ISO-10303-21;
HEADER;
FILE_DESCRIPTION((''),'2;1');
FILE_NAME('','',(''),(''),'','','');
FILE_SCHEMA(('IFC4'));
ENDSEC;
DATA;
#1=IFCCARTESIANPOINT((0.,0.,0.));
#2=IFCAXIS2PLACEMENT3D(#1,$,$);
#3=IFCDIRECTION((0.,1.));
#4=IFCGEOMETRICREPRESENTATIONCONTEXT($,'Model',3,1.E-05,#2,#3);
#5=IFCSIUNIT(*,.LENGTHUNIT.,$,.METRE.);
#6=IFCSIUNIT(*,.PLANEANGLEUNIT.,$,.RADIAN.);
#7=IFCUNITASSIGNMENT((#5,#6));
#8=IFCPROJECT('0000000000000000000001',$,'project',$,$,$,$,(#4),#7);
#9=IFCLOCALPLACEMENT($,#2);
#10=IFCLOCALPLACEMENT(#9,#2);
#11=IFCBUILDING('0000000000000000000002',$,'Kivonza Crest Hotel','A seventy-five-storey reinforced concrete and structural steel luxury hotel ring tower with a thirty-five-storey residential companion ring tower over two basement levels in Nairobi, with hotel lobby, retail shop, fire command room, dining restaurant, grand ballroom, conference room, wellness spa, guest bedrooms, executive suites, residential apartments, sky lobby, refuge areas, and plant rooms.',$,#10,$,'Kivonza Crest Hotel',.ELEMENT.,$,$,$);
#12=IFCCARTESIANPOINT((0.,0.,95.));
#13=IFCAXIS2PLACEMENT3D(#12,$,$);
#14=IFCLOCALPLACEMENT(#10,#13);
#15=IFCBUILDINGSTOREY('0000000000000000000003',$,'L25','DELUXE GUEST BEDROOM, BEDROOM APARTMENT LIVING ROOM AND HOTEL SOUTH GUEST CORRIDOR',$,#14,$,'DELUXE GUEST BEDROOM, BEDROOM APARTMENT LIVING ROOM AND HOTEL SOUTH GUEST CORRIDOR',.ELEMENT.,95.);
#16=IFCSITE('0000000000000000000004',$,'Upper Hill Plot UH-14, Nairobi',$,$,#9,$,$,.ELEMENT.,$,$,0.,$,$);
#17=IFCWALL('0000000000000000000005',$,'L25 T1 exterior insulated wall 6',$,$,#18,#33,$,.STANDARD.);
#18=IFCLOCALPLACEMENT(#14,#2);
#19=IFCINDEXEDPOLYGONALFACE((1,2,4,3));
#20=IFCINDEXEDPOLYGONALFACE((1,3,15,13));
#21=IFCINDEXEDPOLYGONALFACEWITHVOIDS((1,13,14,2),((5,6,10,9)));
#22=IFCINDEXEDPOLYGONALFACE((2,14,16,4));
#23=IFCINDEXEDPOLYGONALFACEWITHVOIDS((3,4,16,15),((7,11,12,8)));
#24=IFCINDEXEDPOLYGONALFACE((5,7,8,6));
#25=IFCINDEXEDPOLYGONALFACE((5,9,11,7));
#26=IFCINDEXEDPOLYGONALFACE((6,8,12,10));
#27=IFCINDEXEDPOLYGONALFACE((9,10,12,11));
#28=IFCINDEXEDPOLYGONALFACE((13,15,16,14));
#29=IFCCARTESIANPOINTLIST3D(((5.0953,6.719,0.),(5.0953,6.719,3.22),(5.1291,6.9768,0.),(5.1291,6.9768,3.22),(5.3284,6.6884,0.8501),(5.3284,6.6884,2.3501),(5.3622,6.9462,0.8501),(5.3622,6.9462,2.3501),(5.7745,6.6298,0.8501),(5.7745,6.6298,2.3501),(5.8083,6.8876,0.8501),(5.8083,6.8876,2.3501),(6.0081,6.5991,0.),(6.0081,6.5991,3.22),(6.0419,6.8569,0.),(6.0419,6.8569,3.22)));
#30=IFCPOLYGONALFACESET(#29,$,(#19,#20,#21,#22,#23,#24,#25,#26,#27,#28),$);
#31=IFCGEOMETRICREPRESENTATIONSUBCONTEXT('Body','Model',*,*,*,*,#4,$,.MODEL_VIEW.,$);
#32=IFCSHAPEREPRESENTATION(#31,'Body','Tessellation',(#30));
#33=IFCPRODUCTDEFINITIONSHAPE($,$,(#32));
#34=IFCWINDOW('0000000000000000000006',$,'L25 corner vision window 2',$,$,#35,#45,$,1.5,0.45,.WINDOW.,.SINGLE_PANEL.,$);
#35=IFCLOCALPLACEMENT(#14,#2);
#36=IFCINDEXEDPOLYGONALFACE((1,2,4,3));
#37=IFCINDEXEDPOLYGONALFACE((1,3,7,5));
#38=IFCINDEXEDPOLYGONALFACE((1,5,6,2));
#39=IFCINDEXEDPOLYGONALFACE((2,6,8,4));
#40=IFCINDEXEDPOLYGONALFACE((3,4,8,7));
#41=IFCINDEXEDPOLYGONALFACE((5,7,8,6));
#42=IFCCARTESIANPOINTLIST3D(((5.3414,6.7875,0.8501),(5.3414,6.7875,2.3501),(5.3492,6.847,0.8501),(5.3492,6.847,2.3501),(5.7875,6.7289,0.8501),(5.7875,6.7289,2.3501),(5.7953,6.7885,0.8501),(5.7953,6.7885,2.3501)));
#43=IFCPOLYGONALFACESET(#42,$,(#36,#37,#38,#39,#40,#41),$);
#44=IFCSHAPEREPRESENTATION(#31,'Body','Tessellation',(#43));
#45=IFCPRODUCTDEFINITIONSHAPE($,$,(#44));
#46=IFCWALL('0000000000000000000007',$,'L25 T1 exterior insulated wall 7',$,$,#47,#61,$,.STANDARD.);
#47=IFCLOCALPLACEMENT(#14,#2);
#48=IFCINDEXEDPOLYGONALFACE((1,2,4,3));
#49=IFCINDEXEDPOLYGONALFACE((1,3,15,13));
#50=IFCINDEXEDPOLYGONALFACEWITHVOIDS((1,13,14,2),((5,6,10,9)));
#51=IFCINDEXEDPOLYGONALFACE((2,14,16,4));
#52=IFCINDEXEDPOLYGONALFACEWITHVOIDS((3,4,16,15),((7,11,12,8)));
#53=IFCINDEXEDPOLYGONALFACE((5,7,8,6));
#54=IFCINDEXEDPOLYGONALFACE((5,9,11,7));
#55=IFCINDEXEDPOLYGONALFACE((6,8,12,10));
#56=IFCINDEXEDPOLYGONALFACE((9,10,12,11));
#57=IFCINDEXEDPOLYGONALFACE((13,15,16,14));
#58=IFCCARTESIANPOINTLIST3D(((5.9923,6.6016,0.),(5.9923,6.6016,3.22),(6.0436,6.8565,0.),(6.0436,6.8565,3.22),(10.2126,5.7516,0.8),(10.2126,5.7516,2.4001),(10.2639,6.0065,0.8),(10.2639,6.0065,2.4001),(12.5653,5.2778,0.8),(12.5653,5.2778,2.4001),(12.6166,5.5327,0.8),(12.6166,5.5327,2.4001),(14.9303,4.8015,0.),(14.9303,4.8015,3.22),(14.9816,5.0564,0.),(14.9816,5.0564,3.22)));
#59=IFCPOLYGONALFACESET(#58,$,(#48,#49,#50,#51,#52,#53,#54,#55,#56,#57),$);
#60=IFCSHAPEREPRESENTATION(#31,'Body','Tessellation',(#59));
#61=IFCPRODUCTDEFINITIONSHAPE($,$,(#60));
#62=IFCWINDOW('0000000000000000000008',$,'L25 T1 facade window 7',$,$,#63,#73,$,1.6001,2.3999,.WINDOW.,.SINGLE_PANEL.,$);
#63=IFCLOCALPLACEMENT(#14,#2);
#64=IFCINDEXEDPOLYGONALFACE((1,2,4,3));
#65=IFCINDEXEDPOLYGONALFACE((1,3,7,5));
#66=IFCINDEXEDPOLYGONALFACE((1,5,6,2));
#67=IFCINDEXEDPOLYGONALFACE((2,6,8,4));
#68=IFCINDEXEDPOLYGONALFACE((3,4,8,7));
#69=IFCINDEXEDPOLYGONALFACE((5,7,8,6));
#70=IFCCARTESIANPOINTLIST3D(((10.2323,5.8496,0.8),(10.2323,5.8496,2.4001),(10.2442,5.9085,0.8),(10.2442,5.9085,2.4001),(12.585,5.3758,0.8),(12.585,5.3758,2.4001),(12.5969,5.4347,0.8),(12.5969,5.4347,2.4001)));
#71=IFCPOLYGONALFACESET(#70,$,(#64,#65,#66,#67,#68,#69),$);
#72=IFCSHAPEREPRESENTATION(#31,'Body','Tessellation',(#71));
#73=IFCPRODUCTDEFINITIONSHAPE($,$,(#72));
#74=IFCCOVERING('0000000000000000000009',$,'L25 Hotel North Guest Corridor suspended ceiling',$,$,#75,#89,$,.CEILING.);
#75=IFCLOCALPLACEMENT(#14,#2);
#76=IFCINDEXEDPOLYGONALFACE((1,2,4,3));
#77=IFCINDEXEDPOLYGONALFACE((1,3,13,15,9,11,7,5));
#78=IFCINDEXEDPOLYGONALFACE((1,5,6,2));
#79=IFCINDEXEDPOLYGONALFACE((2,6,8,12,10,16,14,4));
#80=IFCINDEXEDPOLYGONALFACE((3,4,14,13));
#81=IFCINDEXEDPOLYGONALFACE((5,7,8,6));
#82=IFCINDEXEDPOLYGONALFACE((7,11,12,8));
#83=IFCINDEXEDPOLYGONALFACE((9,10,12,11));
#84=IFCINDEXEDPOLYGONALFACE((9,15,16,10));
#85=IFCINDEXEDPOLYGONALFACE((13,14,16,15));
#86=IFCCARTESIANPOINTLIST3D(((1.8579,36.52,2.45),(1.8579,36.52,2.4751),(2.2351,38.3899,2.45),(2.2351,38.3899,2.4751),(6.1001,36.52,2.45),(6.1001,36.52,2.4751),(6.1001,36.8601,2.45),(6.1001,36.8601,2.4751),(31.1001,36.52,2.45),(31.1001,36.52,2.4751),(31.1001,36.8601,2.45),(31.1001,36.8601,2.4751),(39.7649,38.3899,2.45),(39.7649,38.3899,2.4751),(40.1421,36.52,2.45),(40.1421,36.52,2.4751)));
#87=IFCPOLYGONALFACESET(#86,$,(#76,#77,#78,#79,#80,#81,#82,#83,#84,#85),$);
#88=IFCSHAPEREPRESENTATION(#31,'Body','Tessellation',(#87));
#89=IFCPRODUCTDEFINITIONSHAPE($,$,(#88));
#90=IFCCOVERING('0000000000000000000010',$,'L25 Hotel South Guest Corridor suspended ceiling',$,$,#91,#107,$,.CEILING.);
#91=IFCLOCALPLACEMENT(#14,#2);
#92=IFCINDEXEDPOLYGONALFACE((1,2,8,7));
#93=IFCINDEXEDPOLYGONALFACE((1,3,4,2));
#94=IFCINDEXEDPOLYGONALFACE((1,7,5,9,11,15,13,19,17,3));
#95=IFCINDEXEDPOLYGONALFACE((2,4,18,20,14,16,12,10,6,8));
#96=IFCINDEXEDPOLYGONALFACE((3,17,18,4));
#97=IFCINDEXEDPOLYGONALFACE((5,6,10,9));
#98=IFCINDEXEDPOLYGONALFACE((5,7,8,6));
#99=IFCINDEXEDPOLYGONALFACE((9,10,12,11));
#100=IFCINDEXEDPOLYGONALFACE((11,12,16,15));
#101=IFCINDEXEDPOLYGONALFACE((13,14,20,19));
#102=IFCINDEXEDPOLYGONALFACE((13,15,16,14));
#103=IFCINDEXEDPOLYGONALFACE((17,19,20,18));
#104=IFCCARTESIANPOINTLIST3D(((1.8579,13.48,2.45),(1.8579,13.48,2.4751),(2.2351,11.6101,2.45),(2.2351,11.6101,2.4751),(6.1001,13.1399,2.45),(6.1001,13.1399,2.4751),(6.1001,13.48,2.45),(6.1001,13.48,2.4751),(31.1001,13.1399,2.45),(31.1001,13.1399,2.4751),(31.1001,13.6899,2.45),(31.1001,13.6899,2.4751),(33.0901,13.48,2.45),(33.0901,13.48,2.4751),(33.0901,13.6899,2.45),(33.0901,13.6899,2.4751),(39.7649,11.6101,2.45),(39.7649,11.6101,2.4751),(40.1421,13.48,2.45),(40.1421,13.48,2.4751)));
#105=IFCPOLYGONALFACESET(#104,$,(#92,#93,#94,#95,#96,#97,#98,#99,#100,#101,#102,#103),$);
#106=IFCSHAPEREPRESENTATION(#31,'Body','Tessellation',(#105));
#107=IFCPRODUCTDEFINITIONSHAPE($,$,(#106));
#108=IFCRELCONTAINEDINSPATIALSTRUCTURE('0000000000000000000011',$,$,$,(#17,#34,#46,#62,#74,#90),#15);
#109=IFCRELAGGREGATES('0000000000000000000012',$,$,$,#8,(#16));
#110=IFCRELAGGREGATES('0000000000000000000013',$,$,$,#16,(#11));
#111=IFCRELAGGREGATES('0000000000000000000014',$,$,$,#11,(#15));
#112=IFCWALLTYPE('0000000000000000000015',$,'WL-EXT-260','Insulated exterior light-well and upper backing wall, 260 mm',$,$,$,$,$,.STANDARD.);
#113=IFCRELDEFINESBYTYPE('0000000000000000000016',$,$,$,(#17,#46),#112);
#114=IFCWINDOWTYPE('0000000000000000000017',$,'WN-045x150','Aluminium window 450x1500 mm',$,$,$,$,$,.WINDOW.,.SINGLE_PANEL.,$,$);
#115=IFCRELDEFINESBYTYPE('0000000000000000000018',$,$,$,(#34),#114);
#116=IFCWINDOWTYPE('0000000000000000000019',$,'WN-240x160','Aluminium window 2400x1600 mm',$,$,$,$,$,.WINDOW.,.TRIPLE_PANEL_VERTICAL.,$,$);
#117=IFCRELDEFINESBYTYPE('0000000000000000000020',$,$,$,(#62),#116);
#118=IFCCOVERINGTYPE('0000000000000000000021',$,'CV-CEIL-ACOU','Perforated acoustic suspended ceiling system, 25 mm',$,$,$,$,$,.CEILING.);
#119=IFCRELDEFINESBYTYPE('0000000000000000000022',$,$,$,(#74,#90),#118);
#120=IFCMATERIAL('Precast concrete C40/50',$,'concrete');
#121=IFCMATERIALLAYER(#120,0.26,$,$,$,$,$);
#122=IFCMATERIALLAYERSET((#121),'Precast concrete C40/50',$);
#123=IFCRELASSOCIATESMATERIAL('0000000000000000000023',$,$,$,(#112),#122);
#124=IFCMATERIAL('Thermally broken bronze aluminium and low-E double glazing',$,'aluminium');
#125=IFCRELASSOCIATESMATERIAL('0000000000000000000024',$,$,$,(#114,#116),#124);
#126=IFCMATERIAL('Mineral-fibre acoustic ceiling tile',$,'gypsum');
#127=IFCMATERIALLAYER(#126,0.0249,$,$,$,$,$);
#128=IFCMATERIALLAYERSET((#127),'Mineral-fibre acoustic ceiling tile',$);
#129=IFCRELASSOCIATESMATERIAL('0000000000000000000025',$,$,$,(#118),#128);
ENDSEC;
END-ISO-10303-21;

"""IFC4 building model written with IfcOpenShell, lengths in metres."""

from ifc_helpers import new_model, si_unit, direction, frame, frame_2d, origin, place, context, subcontext, project, spatial, polyline, rectangle, outline, extrude, material, layer, layer_set, type_object, element, fill, save


model = new_model("IFC4")

# Units and contexts
model_context = context("Model", 3, precision=1e-05, world=origin(), true_north=direction((0.0, 1.0)))
body_context = subcontext(model_context, "Body", "Model", "MODEL_VIEW")
ifc_project = project(units=[si_unit("LENGTHUNIT", "METRE"), si_unit("PLANEANGLEUNIT", "RADIAN")], contexts=[model_context])

# Site, building, storey
site_placement = place(None, origin())
site = spatial("IfcSite", under=ifc_project, at=site_placement, Name="Upper Hill Plot UH-14, Nairobi", CompositionType="ELEMENT", RefElevation=0.0)
building_placement = place(site_placement, origin())
building = spatial("IfcBuilding", under=site, at=building_placement, Name="Kivonza Crest Hotel", Description="A seventy-five-storey reinforced concrete and structural steel luxury hotel ring tower with a thirty-five-storey residential companion ring tower over two basement levels in Nairobi, with hotel lobby, retail shop, fire command room, dining restaurant, grand ballroom, conference room, wellness spa, guest bedrooms, executive suites, residential apartments, sky lobby, refuge areas, and plant rooms.", LongName="Kivonza Crest Hotel", CompositionType="ELEMENT")
storey_placement = place(building_placement, frame((0.0, 0.0, 95.0)))
storey = spatial("IfcBuildingStorey", under=building, at=storey_placement, Name="L25", Description="DELUXE GUEST BEDROOM, BEDROOM APARTMENT LIVING ROOM AND HOTEL SOUTH GUEST CORRIDOR", LongName="DELUXE GUEST BEDROOM, BEDROOM APARTMENT LIVING ROOM AND HOTEL SOUTH GUEST CORRIDOR", CompositionType="ELEMENT", Elevation=95.0)

# Shared definitions
ifc_material_1 = material(Name="Precast concrete C40/50", Category="concrete")
ifc_layer_1 = layer(ifc_material_1, 0.26)
ifc_layer_set_1 = layer_set([ifc_layer_1], Name="Precast concrete C40/50")
wall_type_1 = type_object("IfcWallType", Name="WL-EXT-260", Description="Insulated exterior light-well and upper backing wall, 260 mm", PredefinedType="STANDARD", material=ifc_layer_set_1)

# Walls, openings, windows
wall_1_placement = place(storey_placement, frame((5.1121, 6.8479, 0.0), z_axis=(0.0, 0.0, 1.0), x_axis=(0.991488, -0.130201, 0.0)))
wall_1 = element("IfcWall", 1, at=wall_1_placement, inside=storey, type_object=wall_type_1, Name="L25 T1 exterior insulated wall 6", PredefinedType="STANDARD", context=body_context, shape_type="SweptSolid", body=[
    extrude(rectangle(XDim=0.9207, YDim=0.26, at=frame_2d((0.4604, 0.0))), origin(), (0.0, 0.0, 1.0), 3.22),
])
opening_1_placement = place(wall_1_placement, frame((0.2351, 0.0, 0.8501)))
opening_1 = element("IfcOpeningElement", 2, at=opening_1_placement, cuts=wall_1, PredefinedType="OPENING", context=body_context, shape_type="SweptSolid", body=[
    extrude(rectangle(XDim=0.45, YDim=1.5, at=frame_2d((0.2251, 0.75))), frame((0.0, 0.1401, 0.0), z_axis=(0.0, -1.0, 0.0), x_axis=(1.0, 0.0, 0.0)), (0.0, 0.0, 1.0), 0.28),
])
ifc_material_2 = material(Name="Thermally broken bronze aluminium and low-E double glazing", Category="aluminium")
window_type_1 = type_object("IfcWindowType", Name="WN-045x150", Description="Aluminium window 450x1500 mm", PartitioningType="SINGLE_PANEL", PredefinedType="WINDOW", material=ifc_material_2)
window_1_placement = place(opening_1_placement, origin())
window_1 = element("IfcWindow", 3, at=window_1_placement, inside=storey, type_object=window_type_1, Name="L25 corner vision window 2", OverallHeight=1.5, OverallWidth=0.45, PartitioningType="SINGLE_PANEL", PredefinedType="WINDOW", context=body_context, shape_type="SweptSolid", body=[
    extrude(rectangle(XDim=0.45, YDim=1.5, at=frame_2d((0.2251, 0.75))), frame((0.0, 0.03, 0.0), z_axis=(0.0, -1.0, 0.0), x_axis=(1.0, 0.0, 0.0)), (0.0, 0.0, 1.0), 0.0601),
])
fill(opening_1, window_1)
wall_2_placement = place(storey_placement, frame((6.0181, 6.729, 0.0), z_axis=(0.0, 0.0, 1.0), x_axis=(0.980317, -0.197429, 0.0)))
wall_2 = element("IfcWall", 4, at=wall_2_placement, inside=storey, type_object=wall_type_1, Name="L25 T1 exterior insulated wall 7", PredefinedType="STANDARD", context=body_context, shape_type="SweptSolid", body=[
    extrude(rectangle(XDim=9.1174, YDim=0.26, at=frame_2d((4.5586, 0.0))), origin(), (0.0, 0.0, 1.0), 3.22),
])
opening_2_placement = place(wall_2_placement, frame((4.3049, 0.0, 0.8)))
opening_2 = element("IfcOpeningElement", 5, at=opening_2_placement, cuts=wall_2, PredefinedType="OPENING", context=body_context, shape_type="SweptSolid", body=[
    extrude(rectangle(XDim=2.3999, YDim=1.6001, at=frame_2d((1.2, 0.8))), frame((0.0, 0.1401, 0.0), z_axis=(0.0, -1.0, 0.0), x_axis=(1.0, 0.0, 0.0)), (0.0, 0.0, 1.0), 0.28),
])
window_type_2 = type_object("IfcWindowType", Name="WN-240x160", Description="Aluminium window 2400x1600 mm", PartitioningType="TRIPLE_PANEL_VERTICAL", PredefinedType="WINDOW", material=ifc_material_2)
window_2_placement = place(opening_2_placement, origin())
window_2 = element("IfcWindow", 6, at=window_2_placement, inside=storey, type_object=window_type_2, Name="L25 T1 facade window 7", OverallHeight=1.6001, OverallWidth=2.3999, PartitioningType="SINGLE_PANEL", PredefinedType="WINDOW", context=body_context, shape_type="SweptSolid", body=[
    extrude(rectangle(XDim=2.3999, YDim=1.6001, at=frame_2d((1.2, 0.8))), frame((0.0, 0.03, 0.0), z_axis=(0.0, -1.0, 0.0), x_axis=(1.0, 0.0, 0.0)), (0.0, 0.0, 1.0), 0.0601),
])
fill(opening_2, window_2)

# Coverings
ifc_material_3 = material(Name="Mineral-fibre acoustic ceiling tile", Category="gypsum")
ifc_layer_2 = layer(ifc_material_3, 0.0249)
ifc_layer_set_2 = layer_set([ifc_layer_2], Name="Mineral-fibre acoustic ceiling tile")
covering_type = type_object("IfcCoveringType", Name="CV-CEIL-ACOU", Description="Perforated acoustic suspended ceiling system, 25 mm", PredefinedType="CEILING", material=ifc_layer_set_2)
covering_1_placement = place(storey_placement, frame((0.0, 0.0, 2.45)))
element("IfcCovering", 7, at=covering_1_placement, inside=storey, type_object=covering_type, Name="L25 Hotel North Guest Corridor suspended ceiling", PredefinedType="CEILING", context=body_context, shape_type="SweptSolid", body=[
    extrude(outline(polyline([(2.2351, 38.3899), (1.8579, 36.52), (6.1001, 36.52), (6.1001, 36.8601), (31.1001, 36.8601), (31.1001, 36.52), (40.1421, 36.52), (39.7649, 38.3899), (2.2351, 38.3899)])), origin(), (0.0, 0.0, 1.0), 0.0251),
])
covering_2_placement = place(storey_placement, frame((0.0, 0.0, 2.45)))
element("IfcCovering", 8, at=covering_2_placement, inside=storey, type_object=covering_type, Name="L25 Hotel South Guest Corridor suspended ceiling", PredefinedType="CEILING", context=body_context, shape_type="SweptSolid", body=[
    extrude(outline(polyline([(33.0901, 13.48), (33.0901, 13.6899), (31.1001, 13.6899), (31.1001, 13.1399), (6.1001, 13.1399), (6.1001, 13.48), (1.8579, 13.48), (2.2351, 11.6101), (39.7649, 11.6101), (40.1421, 13.48), (33.0901, 13.48)])), origin(), (0.0, 0.0, 1.0), 0.0251),
])

save(model, "model.ifc")
